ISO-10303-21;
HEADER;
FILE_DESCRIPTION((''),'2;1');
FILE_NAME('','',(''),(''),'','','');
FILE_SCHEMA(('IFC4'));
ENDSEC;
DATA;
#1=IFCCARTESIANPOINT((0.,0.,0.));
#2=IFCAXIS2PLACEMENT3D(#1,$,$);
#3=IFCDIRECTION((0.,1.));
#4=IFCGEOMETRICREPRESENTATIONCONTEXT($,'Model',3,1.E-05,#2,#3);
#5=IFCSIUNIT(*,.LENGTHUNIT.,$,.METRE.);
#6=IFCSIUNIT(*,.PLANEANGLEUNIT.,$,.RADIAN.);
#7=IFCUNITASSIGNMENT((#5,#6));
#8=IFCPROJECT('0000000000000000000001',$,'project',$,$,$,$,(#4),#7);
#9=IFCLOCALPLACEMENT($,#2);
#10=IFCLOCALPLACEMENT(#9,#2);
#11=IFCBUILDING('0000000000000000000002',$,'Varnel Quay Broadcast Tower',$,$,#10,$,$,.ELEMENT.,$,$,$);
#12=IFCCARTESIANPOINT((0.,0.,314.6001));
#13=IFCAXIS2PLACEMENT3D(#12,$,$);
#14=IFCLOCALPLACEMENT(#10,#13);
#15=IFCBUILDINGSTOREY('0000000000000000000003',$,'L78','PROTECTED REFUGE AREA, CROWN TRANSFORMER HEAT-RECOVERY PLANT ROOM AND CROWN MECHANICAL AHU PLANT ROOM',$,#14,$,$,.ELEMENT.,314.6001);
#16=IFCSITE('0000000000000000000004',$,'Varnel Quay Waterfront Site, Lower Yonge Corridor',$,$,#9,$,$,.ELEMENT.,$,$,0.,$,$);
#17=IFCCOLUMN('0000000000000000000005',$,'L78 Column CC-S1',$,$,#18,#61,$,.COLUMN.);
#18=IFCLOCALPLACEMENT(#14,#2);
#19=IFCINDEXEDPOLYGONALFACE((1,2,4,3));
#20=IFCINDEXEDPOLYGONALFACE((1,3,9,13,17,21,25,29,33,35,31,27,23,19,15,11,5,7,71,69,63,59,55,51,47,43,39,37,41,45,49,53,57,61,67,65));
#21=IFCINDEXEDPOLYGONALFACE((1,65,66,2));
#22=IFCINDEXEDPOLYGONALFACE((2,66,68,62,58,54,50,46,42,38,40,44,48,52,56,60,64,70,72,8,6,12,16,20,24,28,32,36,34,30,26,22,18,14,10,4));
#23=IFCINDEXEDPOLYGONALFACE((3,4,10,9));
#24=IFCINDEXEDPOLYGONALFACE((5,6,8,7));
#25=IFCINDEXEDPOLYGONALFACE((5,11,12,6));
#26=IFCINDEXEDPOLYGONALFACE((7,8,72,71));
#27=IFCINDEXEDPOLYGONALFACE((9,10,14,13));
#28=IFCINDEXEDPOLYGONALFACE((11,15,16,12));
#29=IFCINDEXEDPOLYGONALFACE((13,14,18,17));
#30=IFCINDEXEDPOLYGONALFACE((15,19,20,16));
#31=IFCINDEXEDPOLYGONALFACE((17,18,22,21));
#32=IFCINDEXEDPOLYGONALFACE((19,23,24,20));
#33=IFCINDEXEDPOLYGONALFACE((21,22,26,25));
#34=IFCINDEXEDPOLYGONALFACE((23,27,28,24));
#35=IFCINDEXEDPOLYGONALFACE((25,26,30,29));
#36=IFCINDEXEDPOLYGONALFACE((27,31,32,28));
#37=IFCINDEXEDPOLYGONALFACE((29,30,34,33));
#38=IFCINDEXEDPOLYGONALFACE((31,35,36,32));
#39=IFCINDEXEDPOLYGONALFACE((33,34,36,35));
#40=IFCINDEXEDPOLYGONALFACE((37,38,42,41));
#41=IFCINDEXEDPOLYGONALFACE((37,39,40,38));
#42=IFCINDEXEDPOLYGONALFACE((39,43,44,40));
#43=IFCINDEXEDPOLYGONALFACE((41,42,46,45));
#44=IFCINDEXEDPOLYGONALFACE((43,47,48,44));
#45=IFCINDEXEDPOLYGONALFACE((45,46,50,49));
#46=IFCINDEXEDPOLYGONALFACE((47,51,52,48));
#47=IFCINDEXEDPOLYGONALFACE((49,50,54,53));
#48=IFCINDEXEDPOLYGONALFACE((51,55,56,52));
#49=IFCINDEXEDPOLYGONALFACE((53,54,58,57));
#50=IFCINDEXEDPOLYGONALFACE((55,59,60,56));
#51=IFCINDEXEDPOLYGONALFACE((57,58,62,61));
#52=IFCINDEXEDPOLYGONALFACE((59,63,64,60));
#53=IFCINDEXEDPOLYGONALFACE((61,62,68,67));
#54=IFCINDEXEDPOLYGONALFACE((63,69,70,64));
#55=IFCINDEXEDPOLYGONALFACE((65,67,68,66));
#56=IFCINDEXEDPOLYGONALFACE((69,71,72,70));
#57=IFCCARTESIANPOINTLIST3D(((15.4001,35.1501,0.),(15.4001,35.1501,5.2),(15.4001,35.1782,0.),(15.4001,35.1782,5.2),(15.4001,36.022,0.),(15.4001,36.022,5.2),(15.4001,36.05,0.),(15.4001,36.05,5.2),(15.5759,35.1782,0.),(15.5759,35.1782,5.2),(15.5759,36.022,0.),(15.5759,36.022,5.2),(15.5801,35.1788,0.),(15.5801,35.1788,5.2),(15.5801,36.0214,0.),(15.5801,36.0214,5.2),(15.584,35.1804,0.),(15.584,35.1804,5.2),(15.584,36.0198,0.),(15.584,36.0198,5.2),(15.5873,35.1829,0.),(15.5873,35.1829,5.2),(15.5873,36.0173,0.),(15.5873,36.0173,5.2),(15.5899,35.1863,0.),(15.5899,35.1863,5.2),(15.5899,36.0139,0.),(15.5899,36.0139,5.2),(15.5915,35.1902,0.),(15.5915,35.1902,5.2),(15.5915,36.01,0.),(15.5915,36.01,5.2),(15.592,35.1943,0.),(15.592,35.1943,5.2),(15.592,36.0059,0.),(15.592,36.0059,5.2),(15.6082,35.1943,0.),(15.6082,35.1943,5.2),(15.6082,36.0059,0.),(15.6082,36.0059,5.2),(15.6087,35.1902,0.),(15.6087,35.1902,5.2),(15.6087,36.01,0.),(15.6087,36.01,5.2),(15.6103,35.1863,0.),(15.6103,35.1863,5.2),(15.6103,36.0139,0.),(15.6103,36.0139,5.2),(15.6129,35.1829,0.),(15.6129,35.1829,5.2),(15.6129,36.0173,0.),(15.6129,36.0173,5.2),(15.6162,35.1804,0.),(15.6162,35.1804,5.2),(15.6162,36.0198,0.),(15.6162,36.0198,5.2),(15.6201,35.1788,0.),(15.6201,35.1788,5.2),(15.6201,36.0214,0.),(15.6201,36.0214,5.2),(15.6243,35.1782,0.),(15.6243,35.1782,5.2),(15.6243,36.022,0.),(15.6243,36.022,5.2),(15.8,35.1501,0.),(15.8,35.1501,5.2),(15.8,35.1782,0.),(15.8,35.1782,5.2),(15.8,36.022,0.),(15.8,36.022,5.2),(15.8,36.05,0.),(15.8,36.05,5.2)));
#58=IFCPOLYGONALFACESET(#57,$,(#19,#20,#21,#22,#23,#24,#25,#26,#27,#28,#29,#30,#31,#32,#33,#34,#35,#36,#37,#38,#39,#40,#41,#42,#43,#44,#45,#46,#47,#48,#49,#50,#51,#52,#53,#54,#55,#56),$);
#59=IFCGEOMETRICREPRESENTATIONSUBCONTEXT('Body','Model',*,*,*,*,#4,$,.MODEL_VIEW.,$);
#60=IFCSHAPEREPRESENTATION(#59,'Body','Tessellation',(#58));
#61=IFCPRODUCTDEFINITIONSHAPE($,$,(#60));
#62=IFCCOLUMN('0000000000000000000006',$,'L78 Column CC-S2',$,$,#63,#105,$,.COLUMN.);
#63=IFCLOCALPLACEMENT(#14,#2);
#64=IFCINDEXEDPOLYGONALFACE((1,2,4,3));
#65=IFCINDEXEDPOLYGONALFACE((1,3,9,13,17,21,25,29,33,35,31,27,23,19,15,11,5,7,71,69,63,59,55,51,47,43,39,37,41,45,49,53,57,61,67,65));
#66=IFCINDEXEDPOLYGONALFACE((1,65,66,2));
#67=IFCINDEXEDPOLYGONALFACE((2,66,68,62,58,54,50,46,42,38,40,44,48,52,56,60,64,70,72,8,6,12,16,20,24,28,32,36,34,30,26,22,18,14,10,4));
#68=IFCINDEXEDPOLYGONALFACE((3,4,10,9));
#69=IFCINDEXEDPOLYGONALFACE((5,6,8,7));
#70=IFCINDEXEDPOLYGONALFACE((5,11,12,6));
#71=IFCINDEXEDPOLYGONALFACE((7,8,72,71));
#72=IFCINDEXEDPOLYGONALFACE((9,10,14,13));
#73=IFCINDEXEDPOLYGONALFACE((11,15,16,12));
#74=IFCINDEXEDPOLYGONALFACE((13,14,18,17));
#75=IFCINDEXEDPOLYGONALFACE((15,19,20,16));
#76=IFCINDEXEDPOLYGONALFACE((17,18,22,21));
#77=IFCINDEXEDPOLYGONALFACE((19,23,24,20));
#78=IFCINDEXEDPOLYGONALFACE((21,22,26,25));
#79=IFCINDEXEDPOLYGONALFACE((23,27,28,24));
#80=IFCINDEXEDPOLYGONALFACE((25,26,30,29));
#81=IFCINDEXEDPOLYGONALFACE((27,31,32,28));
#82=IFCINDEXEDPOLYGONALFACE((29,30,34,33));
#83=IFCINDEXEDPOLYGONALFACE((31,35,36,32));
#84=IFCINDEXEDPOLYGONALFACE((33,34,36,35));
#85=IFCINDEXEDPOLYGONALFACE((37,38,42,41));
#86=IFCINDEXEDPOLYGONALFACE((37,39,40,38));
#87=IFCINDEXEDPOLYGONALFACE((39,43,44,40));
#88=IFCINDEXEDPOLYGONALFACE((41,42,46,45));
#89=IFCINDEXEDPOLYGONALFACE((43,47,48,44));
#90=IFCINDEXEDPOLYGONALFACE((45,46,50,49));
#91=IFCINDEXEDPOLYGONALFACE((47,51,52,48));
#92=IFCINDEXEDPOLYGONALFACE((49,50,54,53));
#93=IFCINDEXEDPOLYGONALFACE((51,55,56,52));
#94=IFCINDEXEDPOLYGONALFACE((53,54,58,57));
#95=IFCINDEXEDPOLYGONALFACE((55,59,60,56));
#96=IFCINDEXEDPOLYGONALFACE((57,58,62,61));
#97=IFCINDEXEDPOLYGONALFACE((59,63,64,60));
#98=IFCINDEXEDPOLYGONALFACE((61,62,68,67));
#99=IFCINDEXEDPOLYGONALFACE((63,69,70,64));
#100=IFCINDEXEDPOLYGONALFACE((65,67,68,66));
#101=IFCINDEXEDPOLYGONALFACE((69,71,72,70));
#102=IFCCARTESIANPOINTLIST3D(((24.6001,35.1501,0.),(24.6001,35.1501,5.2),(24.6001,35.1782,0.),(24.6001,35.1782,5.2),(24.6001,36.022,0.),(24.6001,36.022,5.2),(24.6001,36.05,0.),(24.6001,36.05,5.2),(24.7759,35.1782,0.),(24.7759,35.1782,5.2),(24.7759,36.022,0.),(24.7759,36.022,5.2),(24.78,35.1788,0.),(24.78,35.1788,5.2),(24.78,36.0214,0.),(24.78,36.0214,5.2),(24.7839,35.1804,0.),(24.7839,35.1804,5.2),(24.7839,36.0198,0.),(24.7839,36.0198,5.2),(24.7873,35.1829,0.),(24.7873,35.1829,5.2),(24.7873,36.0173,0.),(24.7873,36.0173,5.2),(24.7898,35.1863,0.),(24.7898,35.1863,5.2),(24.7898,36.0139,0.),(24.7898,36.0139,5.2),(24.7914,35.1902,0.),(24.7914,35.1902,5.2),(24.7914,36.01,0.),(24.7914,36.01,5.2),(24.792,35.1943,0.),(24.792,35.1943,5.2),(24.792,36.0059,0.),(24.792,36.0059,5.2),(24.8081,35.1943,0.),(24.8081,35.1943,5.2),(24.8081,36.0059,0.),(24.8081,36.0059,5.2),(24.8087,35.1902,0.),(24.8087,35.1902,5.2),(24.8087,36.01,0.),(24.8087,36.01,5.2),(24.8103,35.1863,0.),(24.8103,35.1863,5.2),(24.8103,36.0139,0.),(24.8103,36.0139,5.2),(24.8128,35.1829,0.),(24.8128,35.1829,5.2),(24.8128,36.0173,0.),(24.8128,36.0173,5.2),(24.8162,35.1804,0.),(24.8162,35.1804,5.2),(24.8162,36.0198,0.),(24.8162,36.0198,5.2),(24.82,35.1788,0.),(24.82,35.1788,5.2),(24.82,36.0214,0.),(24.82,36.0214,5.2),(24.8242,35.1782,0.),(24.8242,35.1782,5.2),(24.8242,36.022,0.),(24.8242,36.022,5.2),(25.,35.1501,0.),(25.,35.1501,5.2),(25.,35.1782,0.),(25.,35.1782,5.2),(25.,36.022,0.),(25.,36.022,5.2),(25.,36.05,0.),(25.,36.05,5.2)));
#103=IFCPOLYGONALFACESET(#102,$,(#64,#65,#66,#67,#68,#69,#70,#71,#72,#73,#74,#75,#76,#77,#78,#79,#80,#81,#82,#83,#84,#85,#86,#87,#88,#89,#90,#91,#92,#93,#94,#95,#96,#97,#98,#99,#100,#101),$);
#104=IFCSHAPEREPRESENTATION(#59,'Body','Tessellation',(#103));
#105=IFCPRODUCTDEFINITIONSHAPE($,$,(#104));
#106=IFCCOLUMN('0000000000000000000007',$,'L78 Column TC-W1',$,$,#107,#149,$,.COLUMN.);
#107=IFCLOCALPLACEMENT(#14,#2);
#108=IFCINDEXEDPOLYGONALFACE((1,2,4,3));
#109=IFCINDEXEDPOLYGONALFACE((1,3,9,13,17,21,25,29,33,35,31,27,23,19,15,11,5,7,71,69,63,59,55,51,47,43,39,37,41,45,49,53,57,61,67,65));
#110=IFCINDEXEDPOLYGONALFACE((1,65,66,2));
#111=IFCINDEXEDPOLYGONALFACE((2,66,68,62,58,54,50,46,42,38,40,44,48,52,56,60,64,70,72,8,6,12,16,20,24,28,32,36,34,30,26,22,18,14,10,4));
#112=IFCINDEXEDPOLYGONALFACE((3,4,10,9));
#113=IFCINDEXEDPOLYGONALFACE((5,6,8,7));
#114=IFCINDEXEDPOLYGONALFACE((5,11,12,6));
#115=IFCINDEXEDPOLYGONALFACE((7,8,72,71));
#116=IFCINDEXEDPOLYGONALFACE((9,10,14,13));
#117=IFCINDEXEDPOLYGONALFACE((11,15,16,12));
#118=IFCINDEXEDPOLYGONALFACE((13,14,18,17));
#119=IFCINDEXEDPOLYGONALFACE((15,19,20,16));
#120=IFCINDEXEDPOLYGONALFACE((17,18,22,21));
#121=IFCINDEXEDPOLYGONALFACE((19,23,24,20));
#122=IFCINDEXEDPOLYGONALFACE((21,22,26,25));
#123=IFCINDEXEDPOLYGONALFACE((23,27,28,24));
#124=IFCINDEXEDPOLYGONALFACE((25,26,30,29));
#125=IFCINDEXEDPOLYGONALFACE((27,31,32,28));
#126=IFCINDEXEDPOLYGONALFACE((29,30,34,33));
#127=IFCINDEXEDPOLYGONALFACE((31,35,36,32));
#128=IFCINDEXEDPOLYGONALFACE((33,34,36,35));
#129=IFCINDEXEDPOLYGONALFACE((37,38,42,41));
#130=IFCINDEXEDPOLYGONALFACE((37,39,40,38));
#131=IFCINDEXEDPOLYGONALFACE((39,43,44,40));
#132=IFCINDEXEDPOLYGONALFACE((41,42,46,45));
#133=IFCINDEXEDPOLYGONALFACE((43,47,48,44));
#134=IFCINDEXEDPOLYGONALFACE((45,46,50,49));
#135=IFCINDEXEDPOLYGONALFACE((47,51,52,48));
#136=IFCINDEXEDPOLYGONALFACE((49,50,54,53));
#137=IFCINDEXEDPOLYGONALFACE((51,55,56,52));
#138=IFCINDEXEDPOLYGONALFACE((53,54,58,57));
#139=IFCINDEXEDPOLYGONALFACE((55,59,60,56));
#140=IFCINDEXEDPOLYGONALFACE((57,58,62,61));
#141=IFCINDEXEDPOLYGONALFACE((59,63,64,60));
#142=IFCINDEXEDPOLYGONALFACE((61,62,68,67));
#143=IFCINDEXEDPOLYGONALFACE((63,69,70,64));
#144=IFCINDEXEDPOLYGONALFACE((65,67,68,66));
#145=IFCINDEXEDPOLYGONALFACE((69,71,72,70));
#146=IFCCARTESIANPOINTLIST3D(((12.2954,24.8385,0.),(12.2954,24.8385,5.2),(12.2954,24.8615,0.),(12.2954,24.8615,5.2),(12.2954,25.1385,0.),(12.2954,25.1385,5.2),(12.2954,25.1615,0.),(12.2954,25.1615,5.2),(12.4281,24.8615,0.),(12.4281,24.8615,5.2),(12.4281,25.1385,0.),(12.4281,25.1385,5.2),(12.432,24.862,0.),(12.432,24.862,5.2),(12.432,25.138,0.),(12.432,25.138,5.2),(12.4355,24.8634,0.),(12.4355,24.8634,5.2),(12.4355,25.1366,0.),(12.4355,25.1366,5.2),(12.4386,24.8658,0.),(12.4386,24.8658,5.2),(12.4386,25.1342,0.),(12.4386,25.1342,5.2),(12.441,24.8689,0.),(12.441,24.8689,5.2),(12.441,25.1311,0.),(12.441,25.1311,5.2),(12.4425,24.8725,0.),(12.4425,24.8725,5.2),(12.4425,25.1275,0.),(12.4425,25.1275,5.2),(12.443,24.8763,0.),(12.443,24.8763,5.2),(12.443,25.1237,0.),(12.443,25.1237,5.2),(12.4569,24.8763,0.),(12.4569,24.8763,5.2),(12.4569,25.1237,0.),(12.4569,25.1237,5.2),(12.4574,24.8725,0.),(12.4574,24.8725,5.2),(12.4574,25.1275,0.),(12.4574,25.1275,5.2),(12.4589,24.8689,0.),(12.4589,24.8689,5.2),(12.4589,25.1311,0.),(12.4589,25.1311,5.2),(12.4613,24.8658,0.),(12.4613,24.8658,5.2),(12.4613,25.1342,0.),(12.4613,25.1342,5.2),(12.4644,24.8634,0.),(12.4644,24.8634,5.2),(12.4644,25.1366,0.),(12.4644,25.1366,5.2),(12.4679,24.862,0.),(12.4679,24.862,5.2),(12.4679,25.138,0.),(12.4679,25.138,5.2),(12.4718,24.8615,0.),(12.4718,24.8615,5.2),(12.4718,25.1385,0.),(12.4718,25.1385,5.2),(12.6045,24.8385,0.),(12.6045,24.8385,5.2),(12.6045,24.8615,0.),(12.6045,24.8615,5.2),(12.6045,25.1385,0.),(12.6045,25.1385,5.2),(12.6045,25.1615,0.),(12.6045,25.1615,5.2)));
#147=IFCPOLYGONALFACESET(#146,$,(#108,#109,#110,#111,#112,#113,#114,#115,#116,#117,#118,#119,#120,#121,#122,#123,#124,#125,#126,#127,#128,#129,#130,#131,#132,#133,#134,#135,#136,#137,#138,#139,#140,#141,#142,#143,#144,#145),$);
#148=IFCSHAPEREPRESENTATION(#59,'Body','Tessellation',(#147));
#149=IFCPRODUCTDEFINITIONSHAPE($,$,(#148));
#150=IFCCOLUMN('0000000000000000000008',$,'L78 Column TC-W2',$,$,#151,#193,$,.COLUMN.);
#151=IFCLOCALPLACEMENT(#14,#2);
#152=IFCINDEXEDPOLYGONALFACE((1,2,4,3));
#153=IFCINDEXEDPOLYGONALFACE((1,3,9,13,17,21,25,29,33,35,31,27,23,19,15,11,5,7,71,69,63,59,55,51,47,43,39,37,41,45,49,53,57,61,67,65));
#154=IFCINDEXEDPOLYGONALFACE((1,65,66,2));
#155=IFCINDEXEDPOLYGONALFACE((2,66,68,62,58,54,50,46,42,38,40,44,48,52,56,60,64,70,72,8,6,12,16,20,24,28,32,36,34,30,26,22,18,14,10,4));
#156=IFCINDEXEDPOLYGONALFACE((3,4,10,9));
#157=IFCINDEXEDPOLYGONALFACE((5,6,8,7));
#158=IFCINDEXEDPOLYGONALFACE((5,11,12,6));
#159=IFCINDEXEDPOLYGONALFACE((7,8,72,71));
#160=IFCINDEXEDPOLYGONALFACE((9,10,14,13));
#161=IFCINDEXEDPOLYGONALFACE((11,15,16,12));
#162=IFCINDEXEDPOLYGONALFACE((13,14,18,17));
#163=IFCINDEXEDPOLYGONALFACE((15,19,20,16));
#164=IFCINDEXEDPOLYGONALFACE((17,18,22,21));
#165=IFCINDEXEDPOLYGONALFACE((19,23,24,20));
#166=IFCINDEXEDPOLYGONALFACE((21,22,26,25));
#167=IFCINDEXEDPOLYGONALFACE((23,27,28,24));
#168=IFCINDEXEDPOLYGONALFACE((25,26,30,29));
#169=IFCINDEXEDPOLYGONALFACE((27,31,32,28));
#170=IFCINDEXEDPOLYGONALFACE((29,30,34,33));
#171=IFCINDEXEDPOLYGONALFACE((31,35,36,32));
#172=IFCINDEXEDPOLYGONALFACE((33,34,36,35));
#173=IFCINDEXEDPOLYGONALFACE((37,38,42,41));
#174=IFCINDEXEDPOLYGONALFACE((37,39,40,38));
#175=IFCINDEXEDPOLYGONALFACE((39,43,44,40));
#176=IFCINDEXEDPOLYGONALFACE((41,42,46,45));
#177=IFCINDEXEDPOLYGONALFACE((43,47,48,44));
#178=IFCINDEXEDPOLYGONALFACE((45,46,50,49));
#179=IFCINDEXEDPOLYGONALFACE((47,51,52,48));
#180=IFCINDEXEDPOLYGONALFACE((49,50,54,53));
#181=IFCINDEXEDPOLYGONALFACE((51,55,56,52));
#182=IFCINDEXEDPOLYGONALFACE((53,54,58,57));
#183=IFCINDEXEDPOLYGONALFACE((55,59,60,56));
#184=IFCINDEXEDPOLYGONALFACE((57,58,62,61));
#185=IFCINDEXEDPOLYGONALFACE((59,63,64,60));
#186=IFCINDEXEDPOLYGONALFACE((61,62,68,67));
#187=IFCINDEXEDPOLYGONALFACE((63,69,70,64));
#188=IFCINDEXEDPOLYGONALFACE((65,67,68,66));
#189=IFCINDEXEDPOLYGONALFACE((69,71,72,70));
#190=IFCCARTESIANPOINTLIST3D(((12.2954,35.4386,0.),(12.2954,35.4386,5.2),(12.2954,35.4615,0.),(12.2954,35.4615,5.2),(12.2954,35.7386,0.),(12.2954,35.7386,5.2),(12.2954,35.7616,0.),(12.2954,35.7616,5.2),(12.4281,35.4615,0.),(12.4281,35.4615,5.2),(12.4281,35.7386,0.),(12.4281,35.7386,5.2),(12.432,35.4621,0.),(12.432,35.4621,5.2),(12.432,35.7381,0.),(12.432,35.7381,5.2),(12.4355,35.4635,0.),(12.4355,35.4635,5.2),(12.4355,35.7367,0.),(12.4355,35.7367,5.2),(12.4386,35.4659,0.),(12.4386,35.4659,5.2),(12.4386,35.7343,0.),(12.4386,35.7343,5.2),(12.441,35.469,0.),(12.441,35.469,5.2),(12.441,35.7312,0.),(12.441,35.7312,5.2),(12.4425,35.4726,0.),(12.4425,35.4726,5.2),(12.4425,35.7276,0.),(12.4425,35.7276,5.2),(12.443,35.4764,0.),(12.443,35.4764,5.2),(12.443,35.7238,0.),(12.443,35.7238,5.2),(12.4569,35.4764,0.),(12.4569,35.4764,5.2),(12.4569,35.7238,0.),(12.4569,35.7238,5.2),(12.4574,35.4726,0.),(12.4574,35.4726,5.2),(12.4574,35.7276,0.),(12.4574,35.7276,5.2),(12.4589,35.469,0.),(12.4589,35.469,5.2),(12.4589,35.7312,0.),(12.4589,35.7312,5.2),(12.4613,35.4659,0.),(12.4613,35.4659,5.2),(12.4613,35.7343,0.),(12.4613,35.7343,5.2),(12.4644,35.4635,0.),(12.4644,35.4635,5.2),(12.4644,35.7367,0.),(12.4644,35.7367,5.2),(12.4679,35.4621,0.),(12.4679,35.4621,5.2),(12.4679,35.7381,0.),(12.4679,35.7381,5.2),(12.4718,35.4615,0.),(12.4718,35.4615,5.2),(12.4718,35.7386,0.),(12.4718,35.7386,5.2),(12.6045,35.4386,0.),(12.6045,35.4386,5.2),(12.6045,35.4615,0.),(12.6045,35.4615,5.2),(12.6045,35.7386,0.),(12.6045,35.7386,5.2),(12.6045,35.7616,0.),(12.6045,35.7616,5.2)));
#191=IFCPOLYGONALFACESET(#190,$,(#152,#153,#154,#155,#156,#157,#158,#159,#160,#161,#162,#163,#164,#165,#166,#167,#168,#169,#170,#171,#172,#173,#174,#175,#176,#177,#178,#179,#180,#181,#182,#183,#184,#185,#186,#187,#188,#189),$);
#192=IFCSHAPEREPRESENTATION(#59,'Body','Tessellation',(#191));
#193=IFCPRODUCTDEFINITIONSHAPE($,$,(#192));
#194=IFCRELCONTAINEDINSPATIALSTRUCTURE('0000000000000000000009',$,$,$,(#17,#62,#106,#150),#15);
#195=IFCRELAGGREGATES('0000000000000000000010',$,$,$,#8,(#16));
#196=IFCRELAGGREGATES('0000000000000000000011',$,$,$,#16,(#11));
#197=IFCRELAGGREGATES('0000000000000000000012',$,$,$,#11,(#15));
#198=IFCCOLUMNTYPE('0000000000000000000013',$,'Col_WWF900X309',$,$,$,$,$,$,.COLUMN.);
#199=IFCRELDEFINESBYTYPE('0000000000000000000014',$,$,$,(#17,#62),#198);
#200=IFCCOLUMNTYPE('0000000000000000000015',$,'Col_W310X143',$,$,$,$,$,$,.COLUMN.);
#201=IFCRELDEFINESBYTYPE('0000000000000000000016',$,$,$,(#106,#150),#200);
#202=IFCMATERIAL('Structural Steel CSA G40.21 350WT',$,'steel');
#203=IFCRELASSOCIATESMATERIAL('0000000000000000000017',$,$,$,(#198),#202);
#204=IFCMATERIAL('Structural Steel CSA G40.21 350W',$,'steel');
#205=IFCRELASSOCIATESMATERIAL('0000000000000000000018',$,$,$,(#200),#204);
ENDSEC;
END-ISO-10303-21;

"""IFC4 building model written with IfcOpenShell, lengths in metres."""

from ifc_helpers import new_model, si_unit, direction, frame, origin, origin_2d, place, context, subcontext, project, spatial, i_section, extrude, source, transform, mapped, material, material_profile, profile_set, type_object, type_shapes, element, save


model = new_model("IFC4")

# Units and contexts
model_context = context("Model", 3, precision=1e-05, world=origin(), true_north=direction((0.0, 1.0)))
body_context = subcontext(model_context, "Body", "Model", "MODEL_VIEW")
ifc_project = project(units=[si_unit("LENGTHUNIT", "METRE"), si_unit("PLANEANGLEUNIT", "RADIAN")], contexts=[model_context])

# Site, building, storey
site_placement = place(None, origin())
site = spatial("IfcSite", under=ifc_project, at=site_placement, Name="Varnel Quay Waterfront Site, Lower Yonge Corridor", CompositionType="ELEMENT", RefElevation=0.0)
building_placement = place(site_placement, origin())
building = spatial("IfcBuilding", under=site, at=building_placement, Name="Varnel Quay Broadcast Tower", CompositionType="ELEMENT")
storey_placement = place(building_placement, frame((0.0, 0.0, 314.6001)))
storey = spatial("IfcBuildingStorey", under=building, at=storey_placement, Name="L78", Description="PROTECTED REFUGE AREA, CROWN TRANSFORMER HEAT-RECOVERY PLANT ROOM AND CROWN MECHANICAL AHU PLANT ROOM", CompositionType="ELEMENT", Elevation=314.6001)

# Columns
ifc_material_1 = material(Name="Structural Steel CSA G40.21 350WT", Category="steel")
ifc_material_profile_1 = material_profile(ifc_material_1, i_section(OverallWidth=0.3999, OverallDepth=0.8999, WebThickness=0.0161, FlangeThickness=0.0281, FilletRadius=0.0161, at=origin_2d()), Name="WWF900X309")
ifc_profile_set_1 = profile_set([ifc_material_profile_1], Name="Structural Steel CSA G40.21 350WT")
column_type_1 = type_object("IfcColumnType", Name="Col_WWF900X309", PredefinedType="COLUMN", material=ifc_profile_set_1)
shared_shape_1 = source(origin(), body_context, "Body", "SweptSolid", [
    extrude(i_section(OverallWidth=0.3999, OverallDepth=0.8999, WebThickness=0.0161, FlangeThickness=0.0281, FilletRadius=0.0161, at=origin_2d()), origin(), (0.0, 0.0, 1.0), 5.2),
])
type_shapes(column_type_1, [shared_shape_1])
for number, where, z_axis, x_axis, name in (
    (1, (15.6001, 35.6001, 0.0), (0.0, 0.0, 1.0), (1.0, 0.0, 0.0), "L78 Column CC-S1"),
    (2, (24.8, 35.6001, 0.0), (0.0, 0.0, 1.0), (1.0, 0.0, 0.0), "L78 Column CC-S2"),
):
    element("IfcColumn", number, at=place(storey_placement, frame(where, z_axis=z_axis, x_axis=x_axis)), inside=storey, type_object=column_type_1, Name=name, PredefinedType="COLUMN", context=body_context, shape_type="MappedRepresentation", body=[
        mapped(shared_shape_1, transform((0.0, 0.0, 0.0), x_axis=(1.0, 0.0, 0.0), y_axis=(0.0, 1.0, 0.0), z_axis=(0.0, 0.0, 1.0), scale=1.0)),
    ])
ifc_material_2 = material(Name="Structural Steel CSA G40.21 350W", Category="steel")
ifc_material_profile_2 = material_profile(ifc_material_2, i_section(OverallWidth=0.3091, OverallDepth=0.323, WebThickness=0.0139, FlangeThickness=0.0229, FilletRadius=0.0149, at=origin_2d()), Name="W310X143")
ifc_profile_set_2 = profile_set([ifc_material_profile_2], Name="Structural Steel CSA G40.21 350W")
column_type_2 = type_object("IfcColumnType", Name="Col_W310X143", PredefinedType="COLUMN", material=ifc_profile_set_2)
shared_shape_2 = source(origin(), body_context, "Body", "SweptSolid", [
    extrude(i_section(OverallWidth=0.3091, OverallDepth=0.323, WebThickness=0.0139, FlangeThickness=0.0229, FilletRadius=0.0149, at=origin_2d()), origin(), (0.0, 0.0, 1.0), 5.2),
])
type_shapes(column_type_2, [shared_shape_2])
for number, where, z_axis, x_axis, name in (
    (3, (12.45, 25.0, 0.0), (0.0, 0.0, 1.0), (1.0, 0.0, 0.0), "L78 Column TC-W1"),
    (4, (12.45, 35.6001, 0.0), (0.0, 0.0, 1.0), (1.0, 0.0, 0.0), "L78 Column TC-W2"),
):
    element("IfcColumn", number, at=place(storey_placement, frame(where, z_axis=z_axis, x_axis=x_axis)), inside=storey, type_object=column_type_2, Name=name, PredefinedType="COLUMN", context=body_context, shape_type="MappedRepresentation", body=[
        mapped(shared_shape_2, transform((0.0, 0.0, 0.0), x_axis=(1.0, 0.0, 0.0), y_axis=(0.0, 1.0, 0.0), z_axis=(0.0, 0.0, 1.0), scale=1.0)),
    ])

save(model, "model.ifc")
